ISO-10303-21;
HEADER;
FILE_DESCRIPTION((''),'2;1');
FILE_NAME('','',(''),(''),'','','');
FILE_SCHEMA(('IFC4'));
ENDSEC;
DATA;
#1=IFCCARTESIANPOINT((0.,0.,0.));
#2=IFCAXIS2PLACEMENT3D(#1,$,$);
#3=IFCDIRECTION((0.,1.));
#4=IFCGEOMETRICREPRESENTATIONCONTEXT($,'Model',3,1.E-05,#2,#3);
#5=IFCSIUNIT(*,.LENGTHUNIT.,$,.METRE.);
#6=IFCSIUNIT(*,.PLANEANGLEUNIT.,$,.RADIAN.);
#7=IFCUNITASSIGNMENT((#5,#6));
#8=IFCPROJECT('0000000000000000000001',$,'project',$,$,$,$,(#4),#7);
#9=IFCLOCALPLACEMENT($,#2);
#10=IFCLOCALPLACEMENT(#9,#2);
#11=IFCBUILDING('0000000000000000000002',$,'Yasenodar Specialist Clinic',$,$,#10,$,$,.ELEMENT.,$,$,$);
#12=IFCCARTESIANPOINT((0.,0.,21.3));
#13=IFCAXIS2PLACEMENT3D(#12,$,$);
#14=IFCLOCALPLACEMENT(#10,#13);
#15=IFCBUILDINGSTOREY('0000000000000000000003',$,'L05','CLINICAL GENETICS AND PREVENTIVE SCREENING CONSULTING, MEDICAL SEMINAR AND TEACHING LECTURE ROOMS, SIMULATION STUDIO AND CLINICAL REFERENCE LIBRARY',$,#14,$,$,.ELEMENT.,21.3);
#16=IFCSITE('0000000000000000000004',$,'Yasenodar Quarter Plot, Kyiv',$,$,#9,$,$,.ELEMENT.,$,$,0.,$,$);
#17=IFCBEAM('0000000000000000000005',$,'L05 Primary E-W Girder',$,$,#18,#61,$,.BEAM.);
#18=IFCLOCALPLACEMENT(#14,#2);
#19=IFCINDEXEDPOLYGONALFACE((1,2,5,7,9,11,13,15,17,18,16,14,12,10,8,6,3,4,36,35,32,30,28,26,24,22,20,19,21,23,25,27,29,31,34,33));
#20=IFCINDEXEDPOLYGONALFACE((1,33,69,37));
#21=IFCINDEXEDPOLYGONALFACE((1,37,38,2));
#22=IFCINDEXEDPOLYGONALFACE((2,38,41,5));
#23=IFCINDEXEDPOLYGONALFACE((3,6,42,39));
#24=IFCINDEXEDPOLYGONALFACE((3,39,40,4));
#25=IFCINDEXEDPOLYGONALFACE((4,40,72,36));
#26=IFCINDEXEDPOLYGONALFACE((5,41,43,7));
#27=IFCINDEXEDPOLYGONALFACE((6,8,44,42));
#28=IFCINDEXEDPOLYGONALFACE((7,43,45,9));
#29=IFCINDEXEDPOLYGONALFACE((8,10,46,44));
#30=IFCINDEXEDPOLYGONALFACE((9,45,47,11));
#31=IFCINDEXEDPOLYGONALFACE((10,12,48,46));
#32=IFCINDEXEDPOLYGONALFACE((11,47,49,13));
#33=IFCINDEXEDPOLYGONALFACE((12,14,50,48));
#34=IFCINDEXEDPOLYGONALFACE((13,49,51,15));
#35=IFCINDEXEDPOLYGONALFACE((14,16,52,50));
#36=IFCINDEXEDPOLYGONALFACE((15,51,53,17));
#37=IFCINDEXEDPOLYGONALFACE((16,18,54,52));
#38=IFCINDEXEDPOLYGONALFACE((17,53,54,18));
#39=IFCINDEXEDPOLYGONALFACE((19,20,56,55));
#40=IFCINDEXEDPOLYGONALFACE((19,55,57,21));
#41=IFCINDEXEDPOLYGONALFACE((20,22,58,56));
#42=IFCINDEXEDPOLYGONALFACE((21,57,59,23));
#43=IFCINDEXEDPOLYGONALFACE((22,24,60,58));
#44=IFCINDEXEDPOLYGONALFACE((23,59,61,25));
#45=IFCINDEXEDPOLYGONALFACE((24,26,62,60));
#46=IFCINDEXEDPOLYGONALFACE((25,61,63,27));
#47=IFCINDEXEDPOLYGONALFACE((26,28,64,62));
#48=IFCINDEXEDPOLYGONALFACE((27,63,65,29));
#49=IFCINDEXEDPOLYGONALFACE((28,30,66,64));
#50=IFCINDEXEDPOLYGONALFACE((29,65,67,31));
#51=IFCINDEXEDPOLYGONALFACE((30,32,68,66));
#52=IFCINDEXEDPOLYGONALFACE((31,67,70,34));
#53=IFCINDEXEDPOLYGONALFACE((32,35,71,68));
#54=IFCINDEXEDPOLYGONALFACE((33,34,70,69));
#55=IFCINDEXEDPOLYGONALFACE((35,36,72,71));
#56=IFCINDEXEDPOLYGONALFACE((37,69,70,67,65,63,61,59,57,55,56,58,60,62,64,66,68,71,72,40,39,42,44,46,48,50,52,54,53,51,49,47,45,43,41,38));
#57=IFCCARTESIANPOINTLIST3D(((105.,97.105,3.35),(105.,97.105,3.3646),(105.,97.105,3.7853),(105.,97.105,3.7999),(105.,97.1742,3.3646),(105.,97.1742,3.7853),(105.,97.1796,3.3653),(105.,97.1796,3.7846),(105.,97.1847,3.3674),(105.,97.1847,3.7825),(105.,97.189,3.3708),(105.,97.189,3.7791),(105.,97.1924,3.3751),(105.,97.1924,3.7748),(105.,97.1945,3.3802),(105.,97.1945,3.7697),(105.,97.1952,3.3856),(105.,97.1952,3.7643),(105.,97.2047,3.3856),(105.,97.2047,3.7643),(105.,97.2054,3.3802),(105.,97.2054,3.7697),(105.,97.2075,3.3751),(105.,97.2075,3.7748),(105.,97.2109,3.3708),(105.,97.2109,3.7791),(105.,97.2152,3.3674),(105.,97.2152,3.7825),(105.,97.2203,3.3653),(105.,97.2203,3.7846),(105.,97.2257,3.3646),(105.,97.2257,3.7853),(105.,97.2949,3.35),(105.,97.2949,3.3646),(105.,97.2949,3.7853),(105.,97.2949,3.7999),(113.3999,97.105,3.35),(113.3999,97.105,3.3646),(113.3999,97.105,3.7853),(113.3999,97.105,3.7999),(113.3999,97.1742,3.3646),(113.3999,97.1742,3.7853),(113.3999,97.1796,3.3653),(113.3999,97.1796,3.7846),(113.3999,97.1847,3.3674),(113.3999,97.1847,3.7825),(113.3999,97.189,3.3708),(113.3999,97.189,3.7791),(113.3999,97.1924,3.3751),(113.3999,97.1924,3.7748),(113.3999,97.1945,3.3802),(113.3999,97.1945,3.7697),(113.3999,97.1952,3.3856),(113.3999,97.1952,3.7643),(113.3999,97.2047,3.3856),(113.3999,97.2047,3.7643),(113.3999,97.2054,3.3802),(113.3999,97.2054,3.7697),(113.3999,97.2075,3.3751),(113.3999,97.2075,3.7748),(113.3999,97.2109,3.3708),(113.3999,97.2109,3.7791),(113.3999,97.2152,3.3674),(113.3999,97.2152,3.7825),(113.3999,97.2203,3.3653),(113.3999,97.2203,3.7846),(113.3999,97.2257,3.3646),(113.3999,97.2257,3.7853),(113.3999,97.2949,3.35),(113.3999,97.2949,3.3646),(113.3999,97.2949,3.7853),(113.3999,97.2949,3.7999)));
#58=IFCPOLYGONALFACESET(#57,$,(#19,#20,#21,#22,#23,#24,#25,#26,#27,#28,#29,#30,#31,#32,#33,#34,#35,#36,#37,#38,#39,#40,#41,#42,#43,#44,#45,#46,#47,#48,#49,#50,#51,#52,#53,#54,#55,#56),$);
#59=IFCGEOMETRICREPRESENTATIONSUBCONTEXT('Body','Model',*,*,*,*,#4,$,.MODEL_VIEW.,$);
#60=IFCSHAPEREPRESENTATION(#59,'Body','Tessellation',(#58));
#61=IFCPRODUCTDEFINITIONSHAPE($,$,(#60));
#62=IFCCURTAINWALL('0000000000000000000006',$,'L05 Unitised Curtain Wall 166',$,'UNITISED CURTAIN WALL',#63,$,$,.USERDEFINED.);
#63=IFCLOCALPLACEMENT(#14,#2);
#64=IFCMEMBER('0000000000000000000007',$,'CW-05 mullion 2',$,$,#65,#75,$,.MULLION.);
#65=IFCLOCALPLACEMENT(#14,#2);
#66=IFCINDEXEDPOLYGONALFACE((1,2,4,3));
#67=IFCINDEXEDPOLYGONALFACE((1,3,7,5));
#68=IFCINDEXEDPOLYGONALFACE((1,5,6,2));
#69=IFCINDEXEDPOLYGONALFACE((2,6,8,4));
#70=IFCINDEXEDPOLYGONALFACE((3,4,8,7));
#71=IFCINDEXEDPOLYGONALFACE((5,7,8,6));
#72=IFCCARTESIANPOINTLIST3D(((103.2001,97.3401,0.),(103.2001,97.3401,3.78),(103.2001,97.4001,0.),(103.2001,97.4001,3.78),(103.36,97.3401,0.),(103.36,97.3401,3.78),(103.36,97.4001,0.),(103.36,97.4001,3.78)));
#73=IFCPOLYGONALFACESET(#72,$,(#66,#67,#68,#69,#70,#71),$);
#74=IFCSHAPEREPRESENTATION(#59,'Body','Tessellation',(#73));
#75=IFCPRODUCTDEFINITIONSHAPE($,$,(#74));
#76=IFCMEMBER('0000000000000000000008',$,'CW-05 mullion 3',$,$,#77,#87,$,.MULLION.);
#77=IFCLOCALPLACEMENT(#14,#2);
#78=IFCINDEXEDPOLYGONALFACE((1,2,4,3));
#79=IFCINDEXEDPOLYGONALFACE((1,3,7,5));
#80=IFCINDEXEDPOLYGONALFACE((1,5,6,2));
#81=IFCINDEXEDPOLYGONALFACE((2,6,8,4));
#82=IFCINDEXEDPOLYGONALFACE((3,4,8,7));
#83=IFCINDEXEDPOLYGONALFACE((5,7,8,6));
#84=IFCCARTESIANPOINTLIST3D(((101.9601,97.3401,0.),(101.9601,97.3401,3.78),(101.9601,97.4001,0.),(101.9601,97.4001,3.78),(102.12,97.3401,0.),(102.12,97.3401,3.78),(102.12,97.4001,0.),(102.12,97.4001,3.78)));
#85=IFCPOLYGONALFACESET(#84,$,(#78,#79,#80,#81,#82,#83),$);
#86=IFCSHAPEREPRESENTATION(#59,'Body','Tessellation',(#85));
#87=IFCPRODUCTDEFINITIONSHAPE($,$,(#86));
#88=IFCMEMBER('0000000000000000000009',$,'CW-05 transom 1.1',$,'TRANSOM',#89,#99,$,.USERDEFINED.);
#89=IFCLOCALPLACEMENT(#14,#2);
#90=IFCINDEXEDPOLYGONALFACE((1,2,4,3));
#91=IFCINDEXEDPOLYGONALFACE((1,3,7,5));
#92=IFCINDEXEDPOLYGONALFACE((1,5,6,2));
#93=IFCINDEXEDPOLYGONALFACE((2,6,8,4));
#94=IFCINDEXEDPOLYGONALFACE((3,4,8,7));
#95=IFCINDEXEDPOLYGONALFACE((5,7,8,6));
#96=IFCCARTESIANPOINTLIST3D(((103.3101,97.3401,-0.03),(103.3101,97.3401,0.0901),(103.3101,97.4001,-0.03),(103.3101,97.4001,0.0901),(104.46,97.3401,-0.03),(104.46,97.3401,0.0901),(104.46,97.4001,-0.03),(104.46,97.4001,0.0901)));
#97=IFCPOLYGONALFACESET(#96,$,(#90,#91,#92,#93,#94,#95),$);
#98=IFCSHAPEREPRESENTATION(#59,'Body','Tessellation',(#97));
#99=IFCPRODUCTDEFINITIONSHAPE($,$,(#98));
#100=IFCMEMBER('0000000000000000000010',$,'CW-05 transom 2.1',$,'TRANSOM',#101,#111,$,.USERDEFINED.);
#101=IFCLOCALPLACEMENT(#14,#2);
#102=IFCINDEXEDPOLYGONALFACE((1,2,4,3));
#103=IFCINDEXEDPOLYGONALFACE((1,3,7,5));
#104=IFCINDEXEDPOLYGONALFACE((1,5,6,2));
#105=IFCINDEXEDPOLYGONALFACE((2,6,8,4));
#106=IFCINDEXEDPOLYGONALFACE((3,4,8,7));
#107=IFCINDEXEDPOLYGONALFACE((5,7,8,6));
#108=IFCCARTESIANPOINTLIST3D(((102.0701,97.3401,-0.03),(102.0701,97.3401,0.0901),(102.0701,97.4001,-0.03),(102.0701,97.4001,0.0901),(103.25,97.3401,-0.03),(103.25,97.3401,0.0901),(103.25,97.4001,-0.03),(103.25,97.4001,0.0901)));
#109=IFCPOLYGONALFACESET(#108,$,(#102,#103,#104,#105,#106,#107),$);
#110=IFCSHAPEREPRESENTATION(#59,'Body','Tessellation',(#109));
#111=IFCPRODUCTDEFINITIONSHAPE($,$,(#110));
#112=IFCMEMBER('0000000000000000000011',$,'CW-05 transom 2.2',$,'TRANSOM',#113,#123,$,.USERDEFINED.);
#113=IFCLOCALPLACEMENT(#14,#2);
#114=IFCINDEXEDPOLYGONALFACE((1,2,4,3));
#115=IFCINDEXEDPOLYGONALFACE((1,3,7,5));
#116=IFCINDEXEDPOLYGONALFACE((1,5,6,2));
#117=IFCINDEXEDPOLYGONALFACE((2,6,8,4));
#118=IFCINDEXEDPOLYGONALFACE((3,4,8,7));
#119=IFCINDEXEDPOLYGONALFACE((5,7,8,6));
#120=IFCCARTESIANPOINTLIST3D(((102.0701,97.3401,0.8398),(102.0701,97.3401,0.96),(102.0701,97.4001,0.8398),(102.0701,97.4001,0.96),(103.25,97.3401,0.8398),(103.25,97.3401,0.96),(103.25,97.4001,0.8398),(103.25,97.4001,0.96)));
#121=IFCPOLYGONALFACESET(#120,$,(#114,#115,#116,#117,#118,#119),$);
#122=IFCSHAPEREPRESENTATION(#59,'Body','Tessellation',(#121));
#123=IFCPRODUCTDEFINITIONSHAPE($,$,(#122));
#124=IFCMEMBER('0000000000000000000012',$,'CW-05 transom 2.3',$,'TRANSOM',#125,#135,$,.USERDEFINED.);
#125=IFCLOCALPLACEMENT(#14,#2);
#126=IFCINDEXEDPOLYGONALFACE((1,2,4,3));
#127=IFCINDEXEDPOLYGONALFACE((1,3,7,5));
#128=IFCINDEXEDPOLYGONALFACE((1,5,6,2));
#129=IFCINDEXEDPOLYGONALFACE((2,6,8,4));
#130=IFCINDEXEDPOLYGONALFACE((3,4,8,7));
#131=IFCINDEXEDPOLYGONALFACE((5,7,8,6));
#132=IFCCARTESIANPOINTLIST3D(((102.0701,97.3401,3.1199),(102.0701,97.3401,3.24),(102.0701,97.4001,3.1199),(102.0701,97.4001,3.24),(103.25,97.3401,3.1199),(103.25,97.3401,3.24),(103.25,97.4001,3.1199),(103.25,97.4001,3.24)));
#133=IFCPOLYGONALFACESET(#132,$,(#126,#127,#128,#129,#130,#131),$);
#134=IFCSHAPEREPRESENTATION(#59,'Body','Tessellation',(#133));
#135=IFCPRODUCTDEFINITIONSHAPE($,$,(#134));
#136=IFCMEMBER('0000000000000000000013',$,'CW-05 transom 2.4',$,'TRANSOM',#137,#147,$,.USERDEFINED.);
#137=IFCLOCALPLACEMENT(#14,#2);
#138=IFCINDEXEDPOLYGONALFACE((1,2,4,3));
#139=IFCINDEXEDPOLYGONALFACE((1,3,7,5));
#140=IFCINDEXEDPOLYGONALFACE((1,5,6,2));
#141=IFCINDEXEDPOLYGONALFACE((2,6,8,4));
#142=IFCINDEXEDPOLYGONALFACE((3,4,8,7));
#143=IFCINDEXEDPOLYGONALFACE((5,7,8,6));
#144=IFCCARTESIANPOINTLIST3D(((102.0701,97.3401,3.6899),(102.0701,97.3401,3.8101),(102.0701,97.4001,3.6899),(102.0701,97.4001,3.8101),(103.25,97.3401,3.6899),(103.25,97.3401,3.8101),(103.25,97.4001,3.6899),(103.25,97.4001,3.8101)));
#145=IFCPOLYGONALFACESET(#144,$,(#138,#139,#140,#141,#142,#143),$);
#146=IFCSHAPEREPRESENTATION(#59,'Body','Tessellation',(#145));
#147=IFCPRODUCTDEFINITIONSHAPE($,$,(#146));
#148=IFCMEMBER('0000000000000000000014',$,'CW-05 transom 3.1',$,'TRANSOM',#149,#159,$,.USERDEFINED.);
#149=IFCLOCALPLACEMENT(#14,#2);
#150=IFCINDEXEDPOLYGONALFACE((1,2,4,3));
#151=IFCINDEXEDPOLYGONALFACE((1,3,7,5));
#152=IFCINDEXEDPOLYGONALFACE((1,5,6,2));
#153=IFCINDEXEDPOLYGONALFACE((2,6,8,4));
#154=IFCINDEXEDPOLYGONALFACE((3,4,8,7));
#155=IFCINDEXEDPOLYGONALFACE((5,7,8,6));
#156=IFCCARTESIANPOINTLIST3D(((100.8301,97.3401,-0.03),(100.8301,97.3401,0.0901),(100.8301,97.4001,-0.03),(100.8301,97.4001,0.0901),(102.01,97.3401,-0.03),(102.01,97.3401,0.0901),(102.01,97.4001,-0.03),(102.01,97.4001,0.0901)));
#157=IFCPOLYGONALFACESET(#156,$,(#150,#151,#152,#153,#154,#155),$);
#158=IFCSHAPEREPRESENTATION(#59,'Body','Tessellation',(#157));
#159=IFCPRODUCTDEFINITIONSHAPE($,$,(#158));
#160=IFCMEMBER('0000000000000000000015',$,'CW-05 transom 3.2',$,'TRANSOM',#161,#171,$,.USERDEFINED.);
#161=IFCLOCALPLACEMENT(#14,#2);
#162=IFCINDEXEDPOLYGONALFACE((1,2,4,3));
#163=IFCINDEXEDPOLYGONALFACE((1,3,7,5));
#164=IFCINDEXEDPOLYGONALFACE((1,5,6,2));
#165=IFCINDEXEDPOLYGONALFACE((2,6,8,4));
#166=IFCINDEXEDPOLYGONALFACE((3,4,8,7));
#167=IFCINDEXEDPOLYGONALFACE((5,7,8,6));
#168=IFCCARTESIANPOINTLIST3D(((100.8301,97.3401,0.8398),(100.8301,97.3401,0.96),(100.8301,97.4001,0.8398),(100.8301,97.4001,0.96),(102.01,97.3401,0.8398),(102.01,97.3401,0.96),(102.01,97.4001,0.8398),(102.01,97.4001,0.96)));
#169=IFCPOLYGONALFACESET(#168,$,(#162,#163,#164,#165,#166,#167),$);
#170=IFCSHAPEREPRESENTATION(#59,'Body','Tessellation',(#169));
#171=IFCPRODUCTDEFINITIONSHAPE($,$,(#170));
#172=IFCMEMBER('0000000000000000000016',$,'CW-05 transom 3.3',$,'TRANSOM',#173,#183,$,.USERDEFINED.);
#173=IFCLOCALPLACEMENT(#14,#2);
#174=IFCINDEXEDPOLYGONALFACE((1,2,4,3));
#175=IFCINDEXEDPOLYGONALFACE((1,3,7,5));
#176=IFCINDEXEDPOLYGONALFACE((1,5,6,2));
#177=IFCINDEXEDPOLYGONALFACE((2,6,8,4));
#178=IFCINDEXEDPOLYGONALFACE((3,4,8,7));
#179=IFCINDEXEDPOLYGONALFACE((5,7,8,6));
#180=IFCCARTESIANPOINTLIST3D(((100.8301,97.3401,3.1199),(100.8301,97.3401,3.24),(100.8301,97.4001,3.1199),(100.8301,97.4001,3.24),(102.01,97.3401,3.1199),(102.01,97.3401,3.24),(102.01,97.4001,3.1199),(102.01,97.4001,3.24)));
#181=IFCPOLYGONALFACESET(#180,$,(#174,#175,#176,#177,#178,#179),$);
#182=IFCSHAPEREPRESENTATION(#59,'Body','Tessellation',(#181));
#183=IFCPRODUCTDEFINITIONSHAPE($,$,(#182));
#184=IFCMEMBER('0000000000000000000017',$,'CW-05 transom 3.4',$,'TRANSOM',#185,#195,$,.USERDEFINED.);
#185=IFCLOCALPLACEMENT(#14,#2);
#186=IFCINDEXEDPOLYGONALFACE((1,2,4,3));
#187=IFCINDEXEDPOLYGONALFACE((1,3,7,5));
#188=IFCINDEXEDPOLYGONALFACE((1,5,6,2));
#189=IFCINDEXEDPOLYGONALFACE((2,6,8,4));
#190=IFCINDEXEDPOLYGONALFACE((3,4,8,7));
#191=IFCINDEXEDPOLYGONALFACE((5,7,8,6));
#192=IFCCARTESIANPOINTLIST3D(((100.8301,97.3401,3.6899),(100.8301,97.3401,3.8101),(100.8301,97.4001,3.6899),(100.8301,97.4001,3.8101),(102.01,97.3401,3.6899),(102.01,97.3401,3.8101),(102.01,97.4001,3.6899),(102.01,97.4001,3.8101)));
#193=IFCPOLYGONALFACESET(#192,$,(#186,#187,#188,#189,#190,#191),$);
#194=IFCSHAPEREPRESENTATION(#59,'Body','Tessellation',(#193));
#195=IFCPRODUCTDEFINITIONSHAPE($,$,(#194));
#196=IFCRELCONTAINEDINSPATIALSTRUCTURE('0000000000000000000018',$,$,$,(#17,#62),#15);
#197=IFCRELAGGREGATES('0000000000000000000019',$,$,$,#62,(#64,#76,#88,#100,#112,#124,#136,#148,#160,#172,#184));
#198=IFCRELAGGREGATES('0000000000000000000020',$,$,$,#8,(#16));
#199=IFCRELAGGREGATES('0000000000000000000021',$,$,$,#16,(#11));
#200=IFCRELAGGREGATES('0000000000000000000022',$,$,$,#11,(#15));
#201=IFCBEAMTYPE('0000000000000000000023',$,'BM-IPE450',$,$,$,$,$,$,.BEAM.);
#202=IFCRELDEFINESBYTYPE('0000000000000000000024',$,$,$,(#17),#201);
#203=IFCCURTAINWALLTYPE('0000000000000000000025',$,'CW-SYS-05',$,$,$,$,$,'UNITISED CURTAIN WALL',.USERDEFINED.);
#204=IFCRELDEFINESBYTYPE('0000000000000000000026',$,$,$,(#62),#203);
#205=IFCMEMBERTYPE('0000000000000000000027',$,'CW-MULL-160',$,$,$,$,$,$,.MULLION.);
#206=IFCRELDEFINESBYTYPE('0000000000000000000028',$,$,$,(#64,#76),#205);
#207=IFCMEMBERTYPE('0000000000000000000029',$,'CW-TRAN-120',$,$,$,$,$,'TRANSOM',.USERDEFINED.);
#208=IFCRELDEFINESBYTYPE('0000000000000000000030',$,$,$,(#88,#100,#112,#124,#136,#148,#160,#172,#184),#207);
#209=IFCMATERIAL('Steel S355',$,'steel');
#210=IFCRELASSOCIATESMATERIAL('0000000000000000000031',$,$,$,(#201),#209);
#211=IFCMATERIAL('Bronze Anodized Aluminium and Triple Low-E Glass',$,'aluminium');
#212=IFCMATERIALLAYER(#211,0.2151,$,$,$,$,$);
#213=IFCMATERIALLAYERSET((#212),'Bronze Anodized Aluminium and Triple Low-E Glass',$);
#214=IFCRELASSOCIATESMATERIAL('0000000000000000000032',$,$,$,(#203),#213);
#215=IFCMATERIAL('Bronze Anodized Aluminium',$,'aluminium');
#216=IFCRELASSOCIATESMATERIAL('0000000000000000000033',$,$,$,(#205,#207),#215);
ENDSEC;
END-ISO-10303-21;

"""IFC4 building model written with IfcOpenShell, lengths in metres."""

from ifc_helpers import new_model, si_unit, direction, frame, origin, origin_2d, place, context, subcontext, project, spatial, rectangle, i_section, extrude, material, layer, layer_set, material_profile, profile_set, type_object, element, aggregate, save


model = new_model("IFC4")

# Units and contexts
model_context = context("Model", 3, precision=1e-05, world=origin(), true_north=direction((0.0, 1.0)))
body_context = subcontext(model_context, "Body", "Model", "MODEL_VIEW")
ifc_project = project(units=[si_unit("LENGTHUNIT", "METRE"), si_unit("PLANEANGLEUNIT", "RADIAN")], contexts=[model_context])

# Site, building, storey
site_placement = place(None, origin())
site = spatial("IfcSite", under=ifc_project, at=site_placement, Name="Yasenodar Quarter Plot, Kyiv", CompositionType="ELEMENT", RefElevation=0.0)
building_placement = place(site_placement, origin())
building = spatial("IfcBuilding", under=site, at=building_placement, Name="Yasenodar Specialist Clinic", CompositionType="ELEMENT")
storey_placement = place(building_placement, frame((0.0, 0.0, 21.3)))
storey = spatial("IfcBuildingStorey", under=building, at=storey_placement, Name="L05", Description="CLINICAL GENETICS AND PREVENTIVE SCREENING CONSULTING, MEDICAL SEMINAR AND TEACHING LECTURE ROOMS, SIMULATION STUDIO AND CLINICAL REFERENCE LIBRARY", CompositionType="ELEMENT", Elevation=21.3)

# Shared definitions
ifc_material_1 = material(Name="Steel S355", Category="steel")

# Beam
ifc_material_profile_1 = material_profile(ifc_material_1, i_section(OverallWidth=0.1899, OverallDepth=0.45, WebThickness=0.0095, FlangeThickness=0.0146, FilletRadius=0.021, at=origin_2d()), Name="IPE 450")
ifc_profile_set_1 = profile_set([ifc_material_profile_1], Name="Steel S355")
beam_type_1 = type_object("IfcBeamType", Name="BM-IPE450", PredefinedType="BEAM", material=ifc_profile_set_1)
beam_1_placement = place(storey_placement, frame((105.0, 97.2, 3.575), z_axis=(1.0, 0.0, 0.0), x_axis=(0.0, 1.0, 0.0)))
element("IfcBeam", 1, at=beam_1_placement, inside=storey, type_object=beam_type_1, Name="L05 Primary E-W Girder", PredefinedType="BEAM", context=body_context, shape_type="SweptSolid", body=[
    extrude(i_section(OverallWidth=0.1899, OverallDepth=0.45, WebThickness=0.0095, FlangeThickness=0.0146, FilletRadius=0.021, at=origin_2d()), origin(), (0.0, 0.0, 1.0), 8.3999),
])

# Curtain wall, members
ifc_material_2 = material(Name="Bronze Anodized Aluminium and Triple Low-E Glass", Category="aluminium")
ifc_layer_1 = layer(ifc_material_2, 0.2151)
ifc_layer_set_1 = layer_set([ifc_layer_1], Name="Bronze Anodized Aluminium and Triple Low-E Glass")
curtain_wall_type = type_object("IfcCurtainWallType", Name="CW-SYS-05", ElementType="UNITISED CURTAIN WALL", PredefinedType="USERDEFINED", material=ifc_layer_set_1)
curtain_wall_placement = place(storey_placement, origin())
curtain_wall = element("IfcCurtainWall", 2, at=curtain_wall_placement, inside=storey, type_object=curtain_wall_type, Name="L05 Unitised Curtain Wall 166", ObjectType="UNITISED CURTAIN WALL", PredefinedType="USERDEFINED")
ifc_material_3 = material(Name="Bronze Anodized Aluminium", Category="aluminium")
ifc_material_profile_2 = material_profile(ifc_material_3, rectangle(XDim=0.0601, YDim=0.1599, at=origin_2d()), Name="CW-MULL 60x160")
ifc_profile_set_2 = profile_set([ifc_material_profile_2], Name="Bronze Anodized Aluminium")
member_type_1 = type_object("IfcMemberType", Name="CW-MULL-160", PredefinedType="MULLION", material=ifc_profile_set_2)
member_1_placement = place(storey_placement, frame((103.28, 97.3701, 0.0), z_axis=(0.0, 0.0, 1.0), x_axis=(0.0, -1.0, 0.0)))
member_1 = element("IfcMember", 3, at=member_1_placement, type_object=member_type_1, Name="CW-05 mullion 2", PredefinedType="MULLION", context=body_context, shape_type="SweptSolid", body=[
    extrude(rectangle(XDim=0.0601, YDim=0.1599, at=origin_2d()), origin(), (0.0, 0.0, 1.0), 3.78),
])
member_2_placement = place(storey_placement, frame((102.04, 97.3701, 0.0), z_axis=(0.0, 0.0, 1.0), x_axis=(0.0, -1.0, 0.0)))
member_2 = element("IfcMember", 4, at=member_2_placement, type_object=member_type_1, Name="CW-05 mullion 3", PredefinedType="MULLION", context=body_context, shape_type="SweptSolid", body=[
    extrude(rectangle(XDim=0.0601, YDim=0.1599, at=origin_2d()), origin(), (0.0, 0.0, 1.0), 3.78),
])
ifc_material_profile_3 = material_profile(ifc_material_3, rectangle(XDim=0.0601, YDim=0.1201, at=origin_2d()), Name="CW-TRAN 60x120")
ifc_profile_set_3 = profile_set([ifc_material_profile_3], Name="Bronze Anodized Aluminium")
member_type_2 = type_object("IfcMemberType", Name="CW-TRAN-120", ElementType="TRANSOM", PredefinedType="USERDEFINED", material=ifc_profile_set_3)
member_3_placement = place(storey_placement, frame((104.46, 97.3701, 0.03), z_axis=(-1.0, 0.0, 0.0), x_axis=(0.0, -1.0, 0.0)))
member_3 = element("IfcMember", 5, at=member_3_placement, type_object=member_type_2, Name="CW-05 transom 1.1", ObjectType="TRANSOM", PredefinedType="USERDEFINED", context=body_context, shape_type="SweptSolid", body=[
    extrude(rectangle(XDim=0.0601, YDim=0.1201, at=origin_2d()), origin(), (0.0, 0.0, 1.0), 1.1499),
])
member_4_placement = place(storey_placement, frame((103.25, 97.3701, 0.03), z_axis=(-1.0, 0.0, 0.0), x_axis=(0.0, -1.0, 0.0)))
member_4 = element("IfcMember", 6, at=member_4_placement, type_object=member_type_2, Name="CW-05 transom 2.1", ObjectType="TRANSOM", PredefinedType="USERDEFINED", context=body_context, shape_type="SweptSolid", body=[
    extrude(rectangle(XDim=0.0601, YDim=0.1201, at=origin_2d()), origin(), (0.0, 0.0, 1.0), 1.1799),
])
member_5_placement = place(storey_placement, frame((103.25, 97.3701, 0.8999), z_axis=(-1.0, 0.0, 0.0), x_axis=(0.0, -1.0, 0.0)))
member_5 = element("IfcMember", 7, at=member_5_placement, type_object=member_type_2, Name="CW-05 transom 2.2", ObjectType="TRANSOM", PredefinedType="USERDEFINED", context=body_context, shape_type="SweptSolid", body=[
    extrude(rectangle(XDim=0.0601, YDim=0.1201, at=origin_2d()), origin(), (0.0, 0.0, 1.0), 1.1799),
])
member_6_placement = place(storey_placement, frame((103.25, 97.3701, 3.1799), z_axis=(-1.0, 0.0, 0.0), x_axis=(0.0, -1.0, 0.0)))
member_6 = element("IfcMember", 8, at=member_6_placement, type_object=member_type_2, Name="CW-05 transom 2.3", ObjectType="TRANSOM", PredefinedType="USERDEFINED", context=body_context, shape_type="SweptSolid", body=[
    extrude(rectangle(XDim=0.0601, YDim=0.1201, at=origin_2d()), origin(), (0.0, 0.0, 1.0), 1.1799),
])
member_7_placement = place(storey_placement, frame((103.25, 97.3701, 3.75), z_axis=(-1.0, 0.0, 0.0), x_axis=(0.0, -1.0, 0.0)))
member_7 = element("IfcMember", 9, at=member_7_placement, type_object=member_type_2, Name="CW-05 transom 2.4", ObjectType="TRANSOM", PredefinedType="USERDEFINED", context=body_context, shape_type="SweptSolid", body=[
    extrude(rectangle(XDim=0.0601, YDim=0.1201, at=origin_2d()), origin(), (0.0, 0.0, 1.0), 1.1799),
])
member_8_placement = place(storey_placement, frame((102.01, 97.3701, 0.03), z_axis=(-1.0, 0.0, 0.0), x_axis=(0.0, -1.0, 0.0)))
member_8 = element("IfcMember", 10, at=member_8_placement, type_object=member_type_2, Name="CW-05 transom 3.1", ObjectType="TRANSOM", PredefinedType="USERDEFINED", context=body_context, shape_type="SweptSolid", body=[
    extrude(rectangle(XDim=0.0601, YDim=0.1201, at=origin_2d()), origin(), (0.0, 0.0, 1.0), 1.1799),
])
member_9_placement = place(storey_placement, frame((102.01, 97.3701, 0.8999), z_axis=(-1.0, 0.0, 0.0), x_axis=(0.0, -1.0, 0.0)))
member_9 = element("IfcMember", 11, at=member_9_placement, type_object=member_type_2, Name="CW-05 transom 3.2", ObjectType="TRANSOM", PredefinedType="USERDEFINED", context=body_context, shape_type="SweptSolid", body=[
    extrude(rectangle(XDim=0.0601, YDim=0.1201, at=origin_2d()), origin(), (0.0, 0.0, 1.0), 1.1799),
])
member_10_placement = place(storey_placement, frame((102.01, 97.3701, 3.1799), z_axis=(-1.0, 0.0, 0.0), x_axis=(0.0, -1.0, 0.0)))
member_10 = element("IfcMember", 12, at=member_10_placement, type_object=member_type_2, Name="CW-05 transom 3.3", ObjectType="TRANSOM", PredefinedType="USERDEFINED", context=body_context, shape_type="SweptSolid", body=[
    extrude(rectangle(XDim=0.0601, YDim=0.1201, at=origin_2d()), origin(), (0.0, 0.0, 1.0), 1.1799),
])
member_11_placement = place(storey_placement, frame((102.01, 97.3701, 3.75), z_axis=(-1.0, 0.0, 0.0), x_axis=(0.0, -1.0, 0.0)))
member_11 = element("IfcMember", 13, at=member_11_placement, type_object=member_type_2, Name="CW-05 transom 3.4", ObjectType="TRANSOM", PredefinedType="USERDEFINED", context=body_context, shape_type="SweptSolid", body=[
    extrude(rectangle(XDim=0.0601, YDim=0.1201, at=origin_2d()), origin(), (0.0, 0.0, 1.0), 1.1799),
])

aggregate(curtain_wall, [member_1, member_2, member_3, member_4, member_5, member_6, member_7, member_8, member_9, member_10, member_11])

save(model, "model.ifc")
